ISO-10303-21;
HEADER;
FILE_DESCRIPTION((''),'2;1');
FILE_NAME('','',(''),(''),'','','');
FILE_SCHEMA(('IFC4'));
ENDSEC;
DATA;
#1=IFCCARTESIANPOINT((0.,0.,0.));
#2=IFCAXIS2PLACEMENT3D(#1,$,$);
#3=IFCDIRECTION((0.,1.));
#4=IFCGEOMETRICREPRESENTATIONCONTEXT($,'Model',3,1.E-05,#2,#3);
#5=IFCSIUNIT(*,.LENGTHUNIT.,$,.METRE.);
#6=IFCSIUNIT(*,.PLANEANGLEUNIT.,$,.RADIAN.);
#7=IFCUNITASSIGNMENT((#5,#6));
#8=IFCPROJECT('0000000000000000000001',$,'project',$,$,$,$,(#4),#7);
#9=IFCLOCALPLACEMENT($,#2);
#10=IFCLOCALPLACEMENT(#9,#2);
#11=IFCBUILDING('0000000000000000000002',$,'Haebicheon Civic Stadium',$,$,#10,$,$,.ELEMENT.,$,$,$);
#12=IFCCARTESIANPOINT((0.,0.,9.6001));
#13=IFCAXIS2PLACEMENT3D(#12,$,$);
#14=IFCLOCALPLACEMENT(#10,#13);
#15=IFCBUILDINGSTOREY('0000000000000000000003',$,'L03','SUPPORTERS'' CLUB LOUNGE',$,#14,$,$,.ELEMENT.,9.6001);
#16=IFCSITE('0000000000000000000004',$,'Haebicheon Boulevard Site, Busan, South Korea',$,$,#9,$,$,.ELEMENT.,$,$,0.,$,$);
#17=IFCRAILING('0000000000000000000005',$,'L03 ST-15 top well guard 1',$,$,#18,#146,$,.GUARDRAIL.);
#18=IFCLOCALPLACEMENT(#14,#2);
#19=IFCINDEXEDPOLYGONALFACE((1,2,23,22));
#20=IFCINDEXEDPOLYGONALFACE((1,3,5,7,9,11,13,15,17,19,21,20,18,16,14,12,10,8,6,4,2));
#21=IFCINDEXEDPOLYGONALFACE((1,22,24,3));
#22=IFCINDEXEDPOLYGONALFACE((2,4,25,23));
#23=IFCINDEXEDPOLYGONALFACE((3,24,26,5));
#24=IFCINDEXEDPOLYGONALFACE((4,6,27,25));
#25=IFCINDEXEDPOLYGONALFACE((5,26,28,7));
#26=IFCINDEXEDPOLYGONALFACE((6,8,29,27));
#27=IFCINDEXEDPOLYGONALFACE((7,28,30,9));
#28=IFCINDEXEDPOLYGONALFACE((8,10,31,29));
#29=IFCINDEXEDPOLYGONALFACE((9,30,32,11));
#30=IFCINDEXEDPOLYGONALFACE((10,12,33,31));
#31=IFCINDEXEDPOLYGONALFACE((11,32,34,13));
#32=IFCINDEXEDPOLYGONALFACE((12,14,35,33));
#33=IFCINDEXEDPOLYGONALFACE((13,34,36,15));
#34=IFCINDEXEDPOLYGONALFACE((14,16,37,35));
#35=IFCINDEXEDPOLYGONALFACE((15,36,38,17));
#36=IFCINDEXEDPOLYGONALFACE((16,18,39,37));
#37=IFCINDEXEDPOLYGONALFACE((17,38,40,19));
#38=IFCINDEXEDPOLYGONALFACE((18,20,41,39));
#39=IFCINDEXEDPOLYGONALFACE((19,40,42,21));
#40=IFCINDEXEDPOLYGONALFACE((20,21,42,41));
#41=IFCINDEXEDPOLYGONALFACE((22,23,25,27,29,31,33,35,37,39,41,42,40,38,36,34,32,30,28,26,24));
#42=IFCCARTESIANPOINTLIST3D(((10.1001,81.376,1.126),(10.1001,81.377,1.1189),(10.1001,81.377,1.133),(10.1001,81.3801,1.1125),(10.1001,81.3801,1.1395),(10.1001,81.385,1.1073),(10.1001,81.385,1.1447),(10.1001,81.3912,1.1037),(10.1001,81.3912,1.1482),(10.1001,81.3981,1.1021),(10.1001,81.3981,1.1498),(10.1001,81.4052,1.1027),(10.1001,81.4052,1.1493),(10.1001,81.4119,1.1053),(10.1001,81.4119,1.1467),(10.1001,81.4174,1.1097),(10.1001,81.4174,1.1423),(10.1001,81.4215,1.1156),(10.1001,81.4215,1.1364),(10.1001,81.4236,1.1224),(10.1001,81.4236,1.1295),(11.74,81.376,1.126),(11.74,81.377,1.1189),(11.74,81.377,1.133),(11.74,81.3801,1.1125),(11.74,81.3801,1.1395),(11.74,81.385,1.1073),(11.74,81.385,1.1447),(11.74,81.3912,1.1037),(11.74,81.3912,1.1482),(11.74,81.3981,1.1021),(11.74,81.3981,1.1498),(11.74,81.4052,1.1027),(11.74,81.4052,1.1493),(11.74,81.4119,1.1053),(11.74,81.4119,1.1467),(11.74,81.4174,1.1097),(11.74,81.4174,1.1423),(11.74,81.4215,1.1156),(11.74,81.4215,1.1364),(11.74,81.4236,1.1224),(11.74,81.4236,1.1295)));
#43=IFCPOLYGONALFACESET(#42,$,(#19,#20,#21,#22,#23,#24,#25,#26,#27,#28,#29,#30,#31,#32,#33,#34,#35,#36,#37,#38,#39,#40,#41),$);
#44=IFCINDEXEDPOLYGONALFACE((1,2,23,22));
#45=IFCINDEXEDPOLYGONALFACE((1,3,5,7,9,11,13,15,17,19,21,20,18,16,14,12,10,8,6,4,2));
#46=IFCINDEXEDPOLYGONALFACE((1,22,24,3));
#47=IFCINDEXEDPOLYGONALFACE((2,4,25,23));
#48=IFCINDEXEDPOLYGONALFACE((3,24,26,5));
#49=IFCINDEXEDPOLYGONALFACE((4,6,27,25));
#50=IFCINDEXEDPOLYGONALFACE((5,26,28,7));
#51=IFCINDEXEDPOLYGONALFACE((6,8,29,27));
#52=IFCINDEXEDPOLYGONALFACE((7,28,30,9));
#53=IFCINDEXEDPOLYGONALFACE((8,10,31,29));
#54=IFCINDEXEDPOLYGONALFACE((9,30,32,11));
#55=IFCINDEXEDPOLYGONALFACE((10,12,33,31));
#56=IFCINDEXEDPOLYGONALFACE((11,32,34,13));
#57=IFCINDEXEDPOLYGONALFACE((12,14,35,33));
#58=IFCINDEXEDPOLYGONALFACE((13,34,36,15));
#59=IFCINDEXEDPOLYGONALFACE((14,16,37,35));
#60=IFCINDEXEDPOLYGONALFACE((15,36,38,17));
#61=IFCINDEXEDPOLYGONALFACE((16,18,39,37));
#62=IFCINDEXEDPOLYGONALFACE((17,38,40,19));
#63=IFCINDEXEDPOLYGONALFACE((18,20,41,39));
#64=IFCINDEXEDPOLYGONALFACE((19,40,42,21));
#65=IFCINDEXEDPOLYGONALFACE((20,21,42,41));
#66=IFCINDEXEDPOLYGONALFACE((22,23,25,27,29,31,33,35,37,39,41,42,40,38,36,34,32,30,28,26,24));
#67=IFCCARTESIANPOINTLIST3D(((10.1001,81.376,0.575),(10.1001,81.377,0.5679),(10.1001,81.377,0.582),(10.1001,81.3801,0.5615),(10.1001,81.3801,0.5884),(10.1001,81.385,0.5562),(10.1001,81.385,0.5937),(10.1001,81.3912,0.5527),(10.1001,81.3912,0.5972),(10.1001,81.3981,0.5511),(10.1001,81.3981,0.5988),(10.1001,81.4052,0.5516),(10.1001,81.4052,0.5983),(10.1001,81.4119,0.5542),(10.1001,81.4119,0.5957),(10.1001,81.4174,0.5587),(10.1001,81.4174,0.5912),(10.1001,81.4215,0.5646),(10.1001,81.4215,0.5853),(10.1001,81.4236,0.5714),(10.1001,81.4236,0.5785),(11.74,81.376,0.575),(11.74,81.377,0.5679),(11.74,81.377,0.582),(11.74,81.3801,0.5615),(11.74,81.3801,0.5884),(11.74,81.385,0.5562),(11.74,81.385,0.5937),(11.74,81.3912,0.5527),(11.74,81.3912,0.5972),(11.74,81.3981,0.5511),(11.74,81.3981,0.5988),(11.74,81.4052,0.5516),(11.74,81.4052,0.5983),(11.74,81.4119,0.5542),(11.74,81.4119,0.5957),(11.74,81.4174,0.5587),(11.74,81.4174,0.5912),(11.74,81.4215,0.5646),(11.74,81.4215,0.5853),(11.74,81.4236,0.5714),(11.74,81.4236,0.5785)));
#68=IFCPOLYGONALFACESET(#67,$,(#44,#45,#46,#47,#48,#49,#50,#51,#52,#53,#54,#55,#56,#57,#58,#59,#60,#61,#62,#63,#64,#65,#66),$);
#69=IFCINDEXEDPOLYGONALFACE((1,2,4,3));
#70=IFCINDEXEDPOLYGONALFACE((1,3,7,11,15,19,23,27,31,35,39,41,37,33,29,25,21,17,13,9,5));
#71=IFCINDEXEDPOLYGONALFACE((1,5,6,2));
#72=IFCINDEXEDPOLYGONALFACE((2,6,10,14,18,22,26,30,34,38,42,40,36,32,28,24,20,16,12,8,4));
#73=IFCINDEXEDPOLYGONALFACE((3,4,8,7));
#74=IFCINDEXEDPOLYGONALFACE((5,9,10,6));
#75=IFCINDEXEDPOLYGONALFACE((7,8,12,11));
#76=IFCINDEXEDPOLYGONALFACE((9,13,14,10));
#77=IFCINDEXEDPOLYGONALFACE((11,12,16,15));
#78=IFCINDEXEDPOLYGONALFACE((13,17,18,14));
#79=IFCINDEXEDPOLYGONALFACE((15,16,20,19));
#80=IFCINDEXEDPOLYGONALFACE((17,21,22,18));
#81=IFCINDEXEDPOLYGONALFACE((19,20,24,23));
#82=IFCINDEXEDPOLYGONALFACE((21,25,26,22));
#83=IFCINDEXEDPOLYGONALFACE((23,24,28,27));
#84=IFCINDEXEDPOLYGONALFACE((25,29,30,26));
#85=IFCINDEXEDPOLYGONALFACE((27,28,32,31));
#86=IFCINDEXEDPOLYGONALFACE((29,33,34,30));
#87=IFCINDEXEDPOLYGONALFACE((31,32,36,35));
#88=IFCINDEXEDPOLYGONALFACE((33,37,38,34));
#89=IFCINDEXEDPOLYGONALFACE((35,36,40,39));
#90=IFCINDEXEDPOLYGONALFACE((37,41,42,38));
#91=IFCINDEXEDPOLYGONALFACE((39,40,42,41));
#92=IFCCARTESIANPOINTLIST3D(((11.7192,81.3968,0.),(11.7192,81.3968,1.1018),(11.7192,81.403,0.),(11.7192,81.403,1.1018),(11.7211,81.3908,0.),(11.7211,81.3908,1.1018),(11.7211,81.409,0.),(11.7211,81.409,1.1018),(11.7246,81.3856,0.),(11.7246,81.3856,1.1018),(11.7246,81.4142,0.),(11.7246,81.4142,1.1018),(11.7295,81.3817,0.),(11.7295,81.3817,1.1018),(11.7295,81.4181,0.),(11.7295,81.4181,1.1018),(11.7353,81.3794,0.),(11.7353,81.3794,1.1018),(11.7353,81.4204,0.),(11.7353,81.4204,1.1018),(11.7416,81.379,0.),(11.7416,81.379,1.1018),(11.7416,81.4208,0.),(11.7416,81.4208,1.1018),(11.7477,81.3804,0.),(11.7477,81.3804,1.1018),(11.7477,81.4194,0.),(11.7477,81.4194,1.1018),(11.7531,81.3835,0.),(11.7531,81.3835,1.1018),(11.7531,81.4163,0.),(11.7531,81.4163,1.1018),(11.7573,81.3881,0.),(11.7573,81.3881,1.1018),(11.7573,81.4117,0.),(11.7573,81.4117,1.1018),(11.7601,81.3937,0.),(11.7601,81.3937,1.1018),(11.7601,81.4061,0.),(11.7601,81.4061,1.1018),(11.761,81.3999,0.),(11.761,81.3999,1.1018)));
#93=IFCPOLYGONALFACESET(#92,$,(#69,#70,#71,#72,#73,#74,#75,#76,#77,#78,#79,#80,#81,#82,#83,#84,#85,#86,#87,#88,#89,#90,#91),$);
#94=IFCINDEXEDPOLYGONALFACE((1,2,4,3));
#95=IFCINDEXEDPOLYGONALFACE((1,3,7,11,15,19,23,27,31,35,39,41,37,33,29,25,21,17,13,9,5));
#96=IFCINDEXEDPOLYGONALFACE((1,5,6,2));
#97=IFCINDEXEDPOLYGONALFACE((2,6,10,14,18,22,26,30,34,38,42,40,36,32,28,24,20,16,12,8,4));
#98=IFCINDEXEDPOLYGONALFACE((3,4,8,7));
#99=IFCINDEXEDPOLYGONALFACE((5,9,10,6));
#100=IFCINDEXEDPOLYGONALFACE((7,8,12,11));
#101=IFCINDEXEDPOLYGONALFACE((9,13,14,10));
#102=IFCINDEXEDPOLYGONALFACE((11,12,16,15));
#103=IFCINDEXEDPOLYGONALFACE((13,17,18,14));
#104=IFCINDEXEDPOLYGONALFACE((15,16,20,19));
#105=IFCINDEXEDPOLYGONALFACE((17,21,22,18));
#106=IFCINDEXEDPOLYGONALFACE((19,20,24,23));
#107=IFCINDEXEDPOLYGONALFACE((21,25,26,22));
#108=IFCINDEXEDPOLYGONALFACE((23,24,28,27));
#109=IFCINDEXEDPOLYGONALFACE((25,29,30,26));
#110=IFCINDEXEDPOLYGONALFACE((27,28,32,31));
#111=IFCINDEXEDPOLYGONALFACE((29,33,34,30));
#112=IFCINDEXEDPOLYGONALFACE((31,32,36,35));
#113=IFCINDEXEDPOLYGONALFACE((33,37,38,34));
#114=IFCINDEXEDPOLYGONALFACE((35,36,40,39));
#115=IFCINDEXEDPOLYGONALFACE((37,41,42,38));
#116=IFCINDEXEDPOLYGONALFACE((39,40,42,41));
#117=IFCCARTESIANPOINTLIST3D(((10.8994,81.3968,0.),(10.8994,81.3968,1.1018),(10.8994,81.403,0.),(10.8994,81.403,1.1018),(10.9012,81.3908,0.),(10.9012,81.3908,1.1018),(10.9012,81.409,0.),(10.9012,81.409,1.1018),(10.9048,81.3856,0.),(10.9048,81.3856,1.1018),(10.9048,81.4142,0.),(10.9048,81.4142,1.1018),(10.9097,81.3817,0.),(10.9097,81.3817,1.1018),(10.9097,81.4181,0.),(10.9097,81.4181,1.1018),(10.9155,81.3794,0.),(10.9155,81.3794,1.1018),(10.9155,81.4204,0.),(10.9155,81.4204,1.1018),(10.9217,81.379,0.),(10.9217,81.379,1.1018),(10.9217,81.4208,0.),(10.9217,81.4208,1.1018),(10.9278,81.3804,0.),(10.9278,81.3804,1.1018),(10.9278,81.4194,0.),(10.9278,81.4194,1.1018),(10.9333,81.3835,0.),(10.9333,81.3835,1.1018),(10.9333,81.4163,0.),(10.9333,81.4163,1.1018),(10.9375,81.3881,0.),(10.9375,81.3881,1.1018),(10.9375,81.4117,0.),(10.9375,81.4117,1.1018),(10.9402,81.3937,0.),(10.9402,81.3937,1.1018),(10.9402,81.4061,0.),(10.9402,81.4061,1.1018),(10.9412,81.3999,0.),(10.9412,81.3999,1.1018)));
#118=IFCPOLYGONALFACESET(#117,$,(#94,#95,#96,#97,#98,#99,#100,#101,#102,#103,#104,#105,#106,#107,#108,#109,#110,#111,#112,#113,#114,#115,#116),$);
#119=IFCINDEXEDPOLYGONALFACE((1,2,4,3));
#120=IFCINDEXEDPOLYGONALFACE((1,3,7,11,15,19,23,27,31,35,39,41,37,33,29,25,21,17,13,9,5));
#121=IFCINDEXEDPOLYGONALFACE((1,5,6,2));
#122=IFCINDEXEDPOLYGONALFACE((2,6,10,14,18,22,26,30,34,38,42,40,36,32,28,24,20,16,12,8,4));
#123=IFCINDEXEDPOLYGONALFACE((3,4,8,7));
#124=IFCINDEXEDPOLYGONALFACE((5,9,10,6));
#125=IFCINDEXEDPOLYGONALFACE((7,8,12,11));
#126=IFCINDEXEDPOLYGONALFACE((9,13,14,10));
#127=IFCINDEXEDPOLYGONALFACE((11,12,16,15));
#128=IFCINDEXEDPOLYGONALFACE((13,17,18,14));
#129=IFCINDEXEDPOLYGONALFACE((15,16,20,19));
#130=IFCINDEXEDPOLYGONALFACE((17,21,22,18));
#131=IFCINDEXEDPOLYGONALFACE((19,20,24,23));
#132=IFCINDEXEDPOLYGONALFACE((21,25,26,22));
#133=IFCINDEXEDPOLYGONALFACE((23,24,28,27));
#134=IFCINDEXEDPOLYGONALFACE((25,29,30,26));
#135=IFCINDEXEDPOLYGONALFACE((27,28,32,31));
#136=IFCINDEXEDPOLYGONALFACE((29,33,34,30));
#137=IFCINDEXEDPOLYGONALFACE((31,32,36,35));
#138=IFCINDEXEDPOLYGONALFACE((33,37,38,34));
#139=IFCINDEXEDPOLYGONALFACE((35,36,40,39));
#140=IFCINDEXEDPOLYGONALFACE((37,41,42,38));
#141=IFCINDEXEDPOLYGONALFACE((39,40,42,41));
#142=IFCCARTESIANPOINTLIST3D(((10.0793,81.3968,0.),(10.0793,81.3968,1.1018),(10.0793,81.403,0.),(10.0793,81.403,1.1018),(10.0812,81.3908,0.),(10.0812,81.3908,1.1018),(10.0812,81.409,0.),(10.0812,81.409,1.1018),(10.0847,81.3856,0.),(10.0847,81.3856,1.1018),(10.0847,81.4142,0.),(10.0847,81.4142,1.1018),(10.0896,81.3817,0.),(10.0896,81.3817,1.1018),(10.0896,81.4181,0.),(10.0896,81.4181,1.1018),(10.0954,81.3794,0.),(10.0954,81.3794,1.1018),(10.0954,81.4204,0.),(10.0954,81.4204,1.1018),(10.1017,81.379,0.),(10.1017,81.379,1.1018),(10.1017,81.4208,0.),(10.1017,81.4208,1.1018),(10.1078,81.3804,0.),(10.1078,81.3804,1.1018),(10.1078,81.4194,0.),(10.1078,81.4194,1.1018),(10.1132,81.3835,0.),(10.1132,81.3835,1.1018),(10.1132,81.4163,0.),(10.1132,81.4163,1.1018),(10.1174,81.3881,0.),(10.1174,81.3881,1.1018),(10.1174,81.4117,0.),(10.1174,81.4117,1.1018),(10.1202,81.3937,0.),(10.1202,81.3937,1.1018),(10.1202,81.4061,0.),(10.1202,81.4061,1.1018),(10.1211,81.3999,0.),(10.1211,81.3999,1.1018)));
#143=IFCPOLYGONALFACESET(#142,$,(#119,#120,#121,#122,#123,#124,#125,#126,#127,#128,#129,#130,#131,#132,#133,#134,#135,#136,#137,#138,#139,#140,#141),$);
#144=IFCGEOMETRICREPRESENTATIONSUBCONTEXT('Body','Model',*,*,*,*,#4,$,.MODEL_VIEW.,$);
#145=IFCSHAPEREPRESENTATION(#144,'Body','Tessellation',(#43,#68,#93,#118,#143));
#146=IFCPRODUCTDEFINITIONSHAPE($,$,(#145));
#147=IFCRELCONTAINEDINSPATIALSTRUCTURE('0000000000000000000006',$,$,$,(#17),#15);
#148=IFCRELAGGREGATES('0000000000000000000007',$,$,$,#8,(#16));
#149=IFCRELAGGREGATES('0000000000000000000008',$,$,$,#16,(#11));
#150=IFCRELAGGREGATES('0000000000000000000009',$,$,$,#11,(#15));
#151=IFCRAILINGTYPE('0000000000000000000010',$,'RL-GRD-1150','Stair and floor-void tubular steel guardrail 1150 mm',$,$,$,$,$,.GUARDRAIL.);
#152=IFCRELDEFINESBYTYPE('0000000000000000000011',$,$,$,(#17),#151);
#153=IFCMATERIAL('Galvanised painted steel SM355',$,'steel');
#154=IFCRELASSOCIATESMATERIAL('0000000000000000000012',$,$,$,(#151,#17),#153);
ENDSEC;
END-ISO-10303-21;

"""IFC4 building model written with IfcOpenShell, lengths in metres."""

from ifc_helpers import new_model, si_unit, direction, frame, origin, origin_2d, place, context, subcontext, project, spatial, circle, extrude, material, type_object, element, save


model = new_model("IFC4")

# Units and contexts
model_context = context("Model", 3, precision=1e-05, world=origin(), true_north=direction((0.0, 1.0)))
body_context = subcontext(model_context, "Body", "Model", "MODEL_VIEW")
ifc_project = project(units=[si_unit("LENGTHUNIT", "METRE"), si_unit("PLANEANGLEUNIT", "RADIAN")], contexts=[model_context])

# Site, building, storey
site_placement = place(None, origin())
site = spatial("IfcSite", under=ifc_project, at=site_placement, Name="Haebicheon Boulevard Site, Busan, South Korea", CompositionType="ELEMENT", RefElevation=0.0)
building_placement = place(site_placement, origin())
building = spatial("IfcBuilding", under=site, at=building_placement, Name="Haebicheon Civic Stadium", CompositionType="ELEMENT")
storey_placement = place(building_placement, frame((0.0, 0.0, 9.6001)))
storey = spatial("IfcBuildingStorey", under=building, at=storey_placement, Name="L03", Description="SUPPORTERS' CLUB LOUNGE", CompositionType="ELEMENT", Elevation=9.6001)

# Railing
ifc_material_1 = material(Name="Galvanised painted steel SM355", Category="steel")
railing_type = type_object("IfcRailingType", Name="RL-GRD-1150", Description="Stair and floor-void tubular steel guardrail 1150 mm", PredefinedType="GUARDRAIL", material=ifc_material_1)
railing_1_placement = place(storey_placement, frame((11.74, 81.3999, 0.0)))
element("IfcRailing", 1, at=railing_1_placement, inside=storey, type_object=railing_type, material=ifc_material_1, Name="L03 ST-15 top well guard 1", PredefinedType="GUARDRAIL", context=body_context, shape_type="SweptSolid", body=[
    extrude(circle(Radius=0.0239, at=origin_2d()), frame((0.0, 0.0, 1.126), z_axis=(-1.0, 0.0, 0.0), x_axis=(0.0, -1.0, 0.0)), (0.0, 0.0, 1.0), 1.6399),
    extrude(circle(Radius=0.0239, at=origin_2d()), frame((0.0, 0.0, 0.575), z_axis=(-1.0, 0.0, 0.0), x_axis=(0.0, -1.0, 0.0)), (0.0, 0.0, 1.0), 1.6399),
    extrude(circle(Radius=0.021, at=origin_2d()), origin(), (0.0, 0.0, 1.0), 1.1018),
    extrude(circle(Radius=0.021, at=origin_2d()), frame((-0.8198, 0.0, 0.0)), (0.0, 0.0, 1.0), 1.1018),
    extrude(circle(Radius=0.021, at=origin_2d()), frame((-1.6399, 0.0, 0.0)), (0.0, 0.0, 1.0), 1.1018),
])

save(model, "model.ifc")
